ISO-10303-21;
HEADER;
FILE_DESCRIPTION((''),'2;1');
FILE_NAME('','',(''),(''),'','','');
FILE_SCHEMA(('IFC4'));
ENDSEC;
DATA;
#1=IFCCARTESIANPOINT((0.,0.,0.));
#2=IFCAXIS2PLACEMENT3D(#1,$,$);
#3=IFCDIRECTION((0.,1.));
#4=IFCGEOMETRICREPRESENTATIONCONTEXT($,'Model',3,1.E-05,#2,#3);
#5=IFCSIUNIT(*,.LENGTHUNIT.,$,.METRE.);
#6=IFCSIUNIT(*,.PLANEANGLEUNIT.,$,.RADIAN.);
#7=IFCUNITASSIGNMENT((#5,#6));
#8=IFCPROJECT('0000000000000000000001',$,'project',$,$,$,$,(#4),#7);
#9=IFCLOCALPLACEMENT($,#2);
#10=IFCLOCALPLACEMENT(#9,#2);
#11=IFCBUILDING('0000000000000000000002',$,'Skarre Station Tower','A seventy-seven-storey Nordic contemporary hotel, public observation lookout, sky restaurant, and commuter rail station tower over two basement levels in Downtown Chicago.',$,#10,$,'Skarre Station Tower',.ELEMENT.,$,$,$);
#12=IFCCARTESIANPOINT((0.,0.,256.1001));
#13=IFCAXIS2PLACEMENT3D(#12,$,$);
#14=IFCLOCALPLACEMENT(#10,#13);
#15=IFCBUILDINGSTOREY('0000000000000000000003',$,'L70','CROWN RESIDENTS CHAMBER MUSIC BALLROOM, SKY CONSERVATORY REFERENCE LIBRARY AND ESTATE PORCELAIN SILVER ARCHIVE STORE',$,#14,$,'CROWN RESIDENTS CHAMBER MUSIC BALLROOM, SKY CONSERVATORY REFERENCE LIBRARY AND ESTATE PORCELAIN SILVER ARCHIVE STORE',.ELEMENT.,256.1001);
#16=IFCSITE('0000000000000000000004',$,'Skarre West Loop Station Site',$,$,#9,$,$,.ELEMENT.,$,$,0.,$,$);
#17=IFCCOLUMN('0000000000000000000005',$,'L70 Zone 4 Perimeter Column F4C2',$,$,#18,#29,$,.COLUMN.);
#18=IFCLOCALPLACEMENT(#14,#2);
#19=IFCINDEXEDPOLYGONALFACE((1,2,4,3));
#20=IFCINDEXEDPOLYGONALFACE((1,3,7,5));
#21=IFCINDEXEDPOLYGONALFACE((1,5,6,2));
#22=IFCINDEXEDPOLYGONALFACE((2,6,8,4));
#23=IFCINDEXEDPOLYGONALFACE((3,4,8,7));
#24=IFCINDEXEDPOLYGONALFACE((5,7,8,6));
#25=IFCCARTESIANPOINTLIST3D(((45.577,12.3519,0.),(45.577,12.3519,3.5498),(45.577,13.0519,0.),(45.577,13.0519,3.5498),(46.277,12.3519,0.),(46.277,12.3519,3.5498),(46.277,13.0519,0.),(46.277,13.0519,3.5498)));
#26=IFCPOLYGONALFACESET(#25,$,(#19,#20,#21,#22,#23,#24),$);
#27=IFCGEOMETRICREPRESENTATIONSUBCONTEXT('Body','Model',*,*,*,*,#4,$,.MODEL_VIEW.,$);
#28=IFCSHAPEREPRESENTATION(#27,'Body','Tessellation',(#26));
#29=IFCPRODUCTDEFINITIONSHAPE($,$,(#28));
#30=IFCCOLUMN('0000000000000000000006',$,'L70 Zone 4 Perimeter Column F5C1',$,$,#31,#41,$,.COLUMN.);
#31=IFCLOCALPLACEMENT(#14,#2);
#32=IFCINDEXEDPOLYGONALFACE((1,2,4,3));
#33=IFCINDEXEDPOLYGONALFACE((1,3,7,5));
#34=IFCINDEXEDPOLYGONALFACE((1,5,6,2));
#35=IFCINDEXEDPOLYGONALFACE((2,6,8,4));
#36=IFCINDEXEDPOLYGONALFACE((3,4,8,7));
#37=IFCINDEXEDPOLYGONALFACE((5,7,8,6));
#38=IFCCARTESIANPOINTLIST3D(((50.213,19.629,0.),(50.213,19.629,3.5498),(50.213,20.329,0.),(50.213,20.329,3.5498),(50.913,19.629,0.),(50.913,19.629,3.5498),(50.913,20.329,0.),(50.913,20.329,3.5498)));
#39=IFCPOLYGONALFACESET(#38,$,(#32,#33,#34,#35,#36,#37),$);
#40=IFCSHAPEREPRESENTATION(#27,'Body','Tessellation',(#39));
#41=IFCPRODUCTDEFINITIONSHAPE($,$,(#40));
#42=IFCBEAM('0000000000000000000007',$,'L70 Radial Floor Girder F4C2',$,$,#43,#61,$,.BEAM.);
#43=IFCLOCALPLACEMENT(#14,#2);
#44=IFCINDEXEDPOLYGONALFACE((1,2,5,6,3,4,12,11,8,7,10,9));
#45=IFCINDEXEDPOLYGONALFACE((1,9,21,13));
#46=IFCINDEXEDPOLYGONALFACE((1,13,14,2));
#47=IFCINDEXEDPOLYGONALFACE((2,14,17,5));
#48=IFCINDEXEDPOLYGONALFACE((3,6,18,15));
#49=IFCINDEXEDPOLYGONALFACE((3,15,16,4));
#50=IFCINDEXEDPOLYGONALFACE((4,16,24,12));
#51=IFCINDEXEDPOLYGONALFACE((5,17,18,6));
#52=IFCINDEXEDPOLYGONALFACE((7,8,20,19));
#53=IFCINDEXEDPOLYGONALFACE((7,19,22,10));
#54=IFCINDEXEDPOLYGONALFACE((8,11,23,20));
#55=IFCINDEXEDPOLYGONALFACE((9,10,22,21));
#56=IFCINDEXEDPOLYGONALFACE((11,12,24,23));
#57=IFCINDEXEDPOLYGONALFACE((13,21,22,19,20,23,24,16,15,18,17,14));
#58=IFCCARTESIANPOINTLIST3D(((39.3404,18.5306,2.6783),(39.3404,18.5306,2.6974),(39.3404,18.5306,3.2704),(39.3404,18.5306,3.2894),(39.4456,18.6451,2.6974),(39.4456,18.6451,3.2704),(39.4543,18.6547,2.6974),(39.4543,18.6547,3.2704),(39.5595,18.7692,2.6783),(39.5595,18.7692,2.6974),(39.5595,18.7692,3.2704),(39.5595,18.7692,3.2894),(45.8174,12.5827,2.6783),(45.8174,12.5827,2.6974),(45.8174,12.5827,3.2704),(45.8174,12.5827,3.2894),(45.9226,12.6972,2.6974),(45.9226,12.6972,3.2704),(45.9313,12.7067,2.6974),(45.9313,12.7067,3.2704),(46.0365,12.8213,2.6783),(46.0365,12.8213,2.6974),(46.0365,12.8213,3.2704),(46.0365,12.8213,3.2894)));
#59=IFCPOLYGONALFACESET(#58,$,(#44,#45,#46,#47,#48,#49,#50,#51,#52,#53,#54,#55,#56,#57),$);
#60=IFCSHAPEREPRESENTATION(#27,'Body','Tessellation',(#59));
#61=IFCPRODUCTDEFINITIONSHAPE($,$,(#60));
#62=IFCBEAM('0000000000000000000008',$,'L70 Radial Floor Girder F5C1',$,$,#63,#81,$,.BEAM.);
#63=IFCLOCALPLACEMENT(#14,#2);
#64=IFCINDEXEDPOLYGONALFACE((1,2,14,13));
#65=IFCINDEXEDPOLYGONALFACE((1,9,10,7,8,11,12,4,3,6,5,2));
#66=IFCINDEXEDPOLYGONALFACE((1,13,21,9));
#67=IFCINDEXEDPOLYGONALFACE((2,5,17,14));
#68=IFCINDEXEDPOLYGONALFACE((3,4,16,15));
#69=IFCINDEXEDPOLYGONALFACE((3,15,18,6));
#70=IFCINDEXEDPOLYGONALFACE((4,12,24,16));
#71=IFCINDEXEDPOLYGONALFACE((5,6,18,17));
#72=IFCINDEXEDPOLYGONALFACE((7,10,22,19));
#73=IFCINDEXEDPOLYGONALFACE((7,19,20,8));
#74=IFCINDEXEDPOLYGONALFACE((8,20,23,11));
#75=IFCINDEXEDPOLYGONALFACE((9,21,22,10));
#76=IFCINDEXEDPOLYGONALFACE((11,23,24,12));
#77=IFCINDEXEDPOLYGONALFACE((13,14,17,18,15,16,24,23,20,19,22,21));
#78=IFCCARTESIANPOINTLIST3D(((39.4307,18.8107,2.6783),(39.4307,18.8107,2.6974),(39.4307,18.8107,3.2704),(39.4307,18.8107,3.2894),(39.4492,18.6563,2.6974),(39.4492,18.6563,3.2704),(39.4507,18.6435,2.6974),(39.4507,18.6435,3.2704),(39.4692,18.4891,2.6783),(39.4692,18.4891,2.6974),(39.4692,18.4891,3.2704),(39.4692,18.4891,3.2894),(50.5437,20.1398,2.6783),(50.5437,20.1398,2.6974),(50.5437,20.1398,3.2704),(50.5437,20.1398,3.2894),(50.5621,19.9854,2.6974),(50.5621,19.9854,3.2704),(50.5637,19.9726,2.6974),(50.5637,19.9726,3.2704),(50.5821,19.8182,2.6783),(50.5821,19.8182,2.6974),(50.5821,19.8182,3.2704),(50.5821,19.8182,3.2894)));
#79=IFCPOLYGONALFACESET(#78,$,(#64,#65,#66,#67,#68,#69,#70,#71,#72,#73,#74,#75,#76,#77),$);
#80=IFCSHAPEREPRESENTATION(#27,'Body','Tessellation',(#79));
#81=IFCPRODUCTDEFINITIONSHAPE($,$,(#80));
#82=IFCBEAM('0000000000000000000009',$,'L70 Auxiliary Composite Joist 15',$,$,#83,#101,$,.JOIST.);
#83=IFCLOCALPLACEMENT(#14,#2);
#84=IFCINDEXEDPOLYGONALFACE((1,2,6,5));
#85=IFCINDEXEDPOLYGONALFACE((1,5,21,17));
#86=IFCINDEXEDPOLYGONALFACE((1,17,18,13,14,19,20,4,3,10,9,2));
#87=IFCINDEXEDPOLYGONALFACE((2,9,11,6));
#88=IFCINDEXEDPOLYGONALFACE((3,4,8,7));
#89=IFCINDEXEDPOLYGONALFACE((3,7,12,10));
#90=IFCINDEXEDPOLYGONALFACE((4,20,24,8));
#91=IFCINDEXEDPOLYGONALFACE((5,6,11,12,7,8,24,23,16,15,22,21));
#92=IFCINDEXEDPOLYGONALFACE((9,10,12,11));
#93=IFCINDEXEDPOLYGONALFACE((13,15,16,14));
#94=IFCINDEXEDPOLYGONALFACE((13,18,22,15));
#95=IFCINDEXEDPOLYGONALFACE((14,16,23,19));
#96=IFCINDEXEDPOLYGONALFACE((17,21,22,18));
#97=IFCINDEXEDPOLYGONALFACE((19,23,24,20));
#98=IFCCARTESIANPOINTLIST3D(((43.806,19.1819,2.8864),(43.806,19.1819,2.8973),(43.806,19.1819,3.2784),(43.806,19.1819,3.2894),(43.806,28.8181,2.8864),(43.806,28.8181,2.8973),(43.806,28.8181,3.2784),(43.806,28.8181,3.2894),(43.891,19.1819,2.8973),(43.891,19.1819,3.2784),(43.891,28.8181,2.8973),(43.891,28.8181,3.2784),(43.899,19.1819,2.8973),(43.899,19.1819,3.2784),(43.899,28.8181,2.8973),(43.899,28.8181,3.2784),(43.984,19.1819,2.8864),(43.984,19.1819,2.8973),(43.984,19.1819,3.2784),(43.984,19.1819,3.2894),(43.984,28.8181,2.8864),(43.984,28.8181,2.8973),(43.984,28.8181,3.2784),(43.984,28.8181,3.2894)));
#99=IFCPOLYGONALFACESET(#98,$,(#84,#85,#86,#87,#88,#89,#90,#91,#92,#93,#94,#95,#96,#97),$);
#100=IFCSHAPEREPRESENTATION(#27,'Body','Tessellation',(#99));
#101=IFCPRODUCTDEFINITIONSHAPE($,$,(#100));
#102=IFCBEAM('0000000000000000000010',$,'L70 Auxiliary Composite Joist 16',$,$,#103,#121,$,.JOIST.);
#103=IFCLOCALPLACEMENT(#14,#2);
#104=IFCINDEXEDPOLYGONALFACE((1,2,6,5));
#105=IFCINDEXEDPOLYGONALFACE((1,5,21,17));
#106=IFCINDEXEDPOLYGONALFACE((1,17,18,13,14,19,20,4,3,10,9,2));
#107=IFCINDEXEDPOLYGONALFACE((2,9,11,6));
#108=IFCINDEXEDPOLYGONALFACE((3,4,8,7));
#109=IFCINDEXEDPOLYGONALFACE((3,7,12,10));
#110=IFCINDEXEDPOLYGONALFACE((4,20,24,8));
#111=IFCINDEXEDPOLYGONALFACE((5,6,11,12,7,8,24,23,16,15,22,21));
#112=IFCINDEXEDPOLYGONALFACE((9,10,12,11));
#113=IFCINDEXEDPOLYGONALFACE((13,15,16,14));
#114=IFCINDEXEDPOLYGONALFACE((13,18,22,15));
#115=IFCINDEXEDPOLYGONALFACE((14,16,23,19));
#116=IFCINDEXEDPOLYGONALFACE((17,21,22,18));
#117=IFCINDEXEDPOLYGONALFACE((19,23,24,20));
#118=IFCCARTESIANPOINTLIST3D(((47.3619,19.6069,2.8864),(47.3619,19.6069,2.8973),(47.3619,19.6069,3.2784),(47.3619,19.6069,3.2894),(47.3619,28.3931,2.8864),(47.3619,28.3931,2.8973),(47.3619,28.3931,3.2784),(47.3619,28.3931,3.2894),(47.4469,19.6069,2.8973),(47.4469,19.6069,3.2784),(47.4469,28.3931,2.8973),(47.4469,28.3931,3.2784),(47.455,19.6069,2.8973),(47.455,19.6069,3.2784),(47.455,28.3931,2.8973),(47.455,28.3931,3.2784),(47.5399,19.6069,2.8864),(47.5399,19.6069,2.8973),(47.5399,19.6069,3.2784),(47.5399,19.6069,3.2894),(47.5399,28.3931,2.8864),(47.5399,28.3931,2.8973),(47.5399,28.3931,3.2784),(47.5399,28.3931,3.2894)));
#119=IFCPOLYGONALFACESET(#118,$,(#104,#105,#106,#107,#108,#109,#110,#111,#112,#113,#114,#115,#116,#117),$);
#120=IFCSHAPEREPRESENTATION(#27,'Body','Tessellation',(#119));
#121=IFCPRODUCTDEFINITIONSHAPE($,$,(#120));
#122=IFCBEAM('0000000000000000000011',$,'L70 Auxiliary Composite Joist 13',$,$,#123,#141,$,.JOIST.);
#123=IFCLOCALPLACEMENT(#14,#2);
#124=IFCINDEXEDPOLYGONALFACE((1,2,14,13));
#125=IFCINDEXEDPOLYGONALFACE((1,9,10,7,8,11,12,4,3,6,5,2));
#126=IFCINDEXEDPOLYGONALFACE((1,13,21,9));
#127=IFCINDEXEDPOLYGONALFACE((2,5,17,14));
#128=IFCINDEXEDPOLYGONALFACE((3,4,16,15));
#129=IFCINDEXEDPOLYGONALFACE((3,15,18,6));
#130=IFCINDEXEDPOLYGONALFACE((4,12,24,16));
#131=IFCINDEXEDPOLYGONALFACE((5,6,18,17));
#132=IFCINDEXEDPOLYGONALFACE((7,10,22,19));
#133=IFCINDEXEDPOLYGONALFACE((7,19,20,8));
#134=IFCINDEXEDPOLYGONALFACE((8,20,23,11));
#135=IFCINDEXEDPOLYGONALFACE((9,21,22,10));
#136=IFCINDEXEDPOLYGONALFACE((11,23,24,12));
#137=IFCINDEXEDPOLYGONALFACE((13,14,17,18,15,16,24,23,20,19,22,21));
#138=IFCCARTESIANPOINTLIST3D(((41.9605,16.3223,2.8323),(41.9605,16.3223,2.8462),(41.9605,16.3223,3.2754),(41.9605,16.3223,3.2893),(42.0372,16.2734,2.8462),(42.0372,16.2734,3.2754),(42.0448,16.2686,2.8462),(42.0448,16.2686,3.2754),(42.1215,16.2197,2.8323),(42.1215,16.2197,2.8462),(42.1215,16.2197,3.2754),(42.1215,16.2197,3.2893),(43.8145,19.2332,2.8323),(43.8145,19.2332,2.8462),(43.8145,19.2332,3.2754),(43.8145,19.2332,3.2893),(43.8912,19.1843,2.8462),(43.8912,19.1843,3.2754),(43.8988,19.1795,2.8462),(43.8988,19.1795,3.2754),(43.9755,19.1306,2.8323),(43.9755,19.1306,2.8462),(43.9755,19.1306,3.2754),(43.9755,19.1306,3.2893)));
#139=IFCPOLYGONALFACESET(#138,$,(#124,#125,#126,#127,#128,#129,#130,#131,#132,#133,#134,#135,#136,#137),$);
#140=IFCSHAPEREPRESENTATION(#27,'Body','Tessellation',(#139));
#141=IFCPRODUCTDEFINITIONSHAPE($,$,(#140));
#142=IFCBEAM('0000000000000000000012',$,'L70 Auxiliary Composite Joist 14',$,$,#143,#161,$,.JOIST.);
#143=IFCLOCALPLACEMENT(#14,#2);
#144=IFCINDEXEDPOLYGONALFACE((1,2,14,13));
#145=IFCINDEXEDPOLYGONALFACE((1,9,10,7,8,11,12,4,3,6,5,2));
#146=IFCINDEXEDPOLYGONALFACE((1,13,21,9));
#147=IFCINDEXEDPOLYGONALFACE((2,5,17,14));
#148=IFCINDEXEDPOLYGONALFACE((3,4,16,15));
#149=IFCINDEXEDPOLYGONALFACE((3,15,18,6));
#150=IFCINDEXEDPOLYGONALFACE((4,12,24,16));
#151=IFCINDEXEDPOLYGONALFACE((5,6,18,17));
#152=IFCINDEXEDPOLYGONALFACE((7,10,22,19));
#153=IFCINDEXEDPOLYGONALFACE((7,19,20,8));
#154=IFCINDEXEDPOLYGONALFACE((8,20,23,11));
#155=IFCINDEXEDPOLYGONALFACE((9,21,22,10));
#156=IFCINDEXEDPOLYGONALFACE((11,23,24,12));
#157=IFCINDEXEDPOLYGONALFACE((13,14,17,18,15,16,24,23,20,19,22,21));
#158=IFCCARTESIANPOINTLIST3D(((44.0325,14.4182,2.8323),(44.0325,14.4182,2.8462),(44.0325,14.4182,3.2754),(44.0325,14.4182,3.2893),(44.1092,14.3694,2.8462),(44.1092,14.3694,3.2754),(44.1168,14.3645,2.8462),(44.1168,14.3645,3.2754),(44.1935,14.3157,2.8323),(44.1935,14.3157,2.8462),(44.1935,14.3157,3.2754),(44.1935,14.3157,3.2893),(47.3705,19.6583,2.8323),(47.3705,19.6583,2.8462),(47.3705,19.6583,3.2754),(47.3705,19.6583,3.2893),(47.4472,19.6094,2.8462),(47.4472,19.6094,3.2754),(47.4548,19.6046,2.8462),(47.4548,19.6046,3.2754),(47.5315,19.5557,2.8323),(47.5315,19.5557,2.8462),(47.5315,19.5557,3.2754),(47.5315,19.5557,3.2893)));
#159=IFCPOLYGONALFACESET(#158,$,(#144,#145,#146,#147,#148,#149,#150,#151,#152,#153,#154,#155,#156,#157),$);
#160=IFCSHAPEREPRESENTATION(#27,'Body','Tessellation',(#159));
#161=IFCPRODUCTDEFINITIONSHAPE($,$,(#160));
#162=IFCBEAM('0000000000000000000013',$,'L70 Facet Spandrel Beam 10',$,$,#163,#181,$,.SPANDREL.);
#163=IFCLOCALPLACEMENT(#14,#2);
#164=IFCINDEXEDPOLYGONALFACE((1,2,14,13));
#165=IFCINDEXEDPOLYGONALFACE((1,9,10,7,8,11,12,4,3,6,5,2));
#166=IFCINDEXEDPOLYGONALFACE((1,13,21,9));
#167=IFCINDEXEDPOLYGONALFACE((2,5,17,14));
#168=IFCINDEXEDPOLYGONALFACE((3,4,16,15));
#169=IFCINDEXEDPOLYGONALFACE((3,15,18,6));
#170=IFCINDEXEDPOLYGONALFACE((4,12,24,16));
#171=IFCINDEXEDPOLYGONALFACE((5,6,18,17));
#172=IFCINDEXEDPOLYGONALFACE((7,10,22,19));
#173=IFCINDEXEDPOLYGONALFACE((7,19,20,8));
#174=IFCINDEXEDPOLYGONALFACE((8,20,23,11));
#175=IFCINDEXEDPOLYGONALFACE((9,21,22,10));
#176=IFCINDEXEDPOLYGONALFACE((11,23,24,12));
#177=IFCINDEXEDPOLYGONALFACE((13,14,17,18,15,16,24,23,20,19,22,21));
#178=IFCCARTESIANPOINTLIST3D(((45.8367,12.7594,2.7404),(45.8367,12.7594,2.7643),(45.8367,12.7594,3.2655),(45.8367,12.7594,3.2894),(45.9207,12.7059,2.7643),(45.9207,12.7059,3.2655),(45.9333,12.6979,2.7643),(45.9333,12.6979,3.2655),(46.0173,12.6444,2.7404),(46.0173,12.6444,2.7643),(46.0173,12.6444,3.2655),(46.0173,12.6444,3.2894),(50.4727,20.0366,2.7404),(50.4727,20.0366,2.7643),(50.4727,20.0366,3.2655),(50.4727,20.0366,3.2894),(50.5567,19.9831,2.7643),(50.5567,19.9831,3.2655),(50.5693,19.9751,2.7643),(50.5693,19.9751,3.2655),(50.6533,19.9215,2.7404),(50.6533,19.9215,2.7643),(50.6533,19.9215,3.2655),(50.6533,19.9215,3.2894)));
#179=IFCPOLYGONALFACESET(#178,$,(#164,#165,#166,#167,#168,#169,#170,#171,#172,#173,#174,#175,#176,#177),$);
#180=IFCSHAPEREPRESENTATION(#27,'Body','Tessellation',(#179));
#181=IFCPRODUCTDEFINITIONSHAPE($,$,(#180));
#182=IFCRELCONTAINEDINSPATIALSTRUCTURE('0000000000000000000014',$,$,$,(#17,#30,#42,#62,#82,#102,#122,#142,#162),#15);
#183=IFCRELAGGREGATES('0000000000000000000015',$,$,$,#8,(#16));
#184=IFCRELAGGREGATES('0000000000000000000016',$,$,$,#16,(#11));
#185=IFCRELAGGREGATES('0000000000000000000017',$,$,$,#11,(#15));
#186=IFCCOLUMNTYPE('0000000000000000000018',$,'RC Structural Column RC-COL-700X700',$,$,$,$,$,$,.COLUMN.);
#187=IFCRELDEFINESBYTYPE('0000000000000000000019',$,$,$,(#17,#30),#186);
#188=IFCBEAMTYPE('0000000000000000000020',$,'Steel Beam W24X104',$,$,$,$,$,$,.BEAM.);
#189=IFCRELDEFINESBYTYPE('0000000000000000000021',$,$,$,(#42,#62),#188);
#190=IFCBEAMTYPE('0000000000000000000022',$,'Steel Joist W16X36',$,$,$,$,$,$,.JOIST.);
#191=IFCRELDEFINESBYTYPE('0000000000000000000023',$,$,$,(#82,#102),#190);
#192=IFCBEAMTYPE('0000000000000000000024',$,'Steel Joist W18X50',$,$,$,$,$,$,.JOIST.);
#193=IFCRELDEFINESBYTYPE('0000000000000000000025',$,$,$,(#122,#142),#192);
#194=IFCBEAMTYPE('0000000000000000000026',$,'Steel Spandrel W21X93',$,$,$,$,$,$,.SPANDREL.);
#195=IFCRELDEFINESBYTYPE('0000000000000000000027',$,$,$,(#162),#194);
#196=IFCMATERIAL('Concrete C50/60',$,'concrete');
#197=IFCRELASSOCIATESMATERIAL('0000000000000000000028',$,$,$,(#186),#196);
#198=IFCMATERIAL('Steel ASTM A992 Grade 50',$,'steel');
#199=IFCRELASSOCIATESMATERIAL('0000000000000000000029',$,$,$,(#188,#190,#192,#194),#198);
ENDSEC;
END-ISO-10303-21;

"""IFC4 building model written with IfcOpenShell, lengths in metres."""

from ifc_helpers import new_model, si_unit, direction, frame, origin, origin_2d, place, context, subcontext, project, spatial, rectangle, i_section, extrude, material, material_profile, profile_set, type_object, element, save


model = new_model("IFC4")

# Units and contexts
model_context = context("Model", 3, precision=1e-05, world=origin(), true_north=direction((0.0, 1.0)))
body_context = subcontext(model_context, "Body", "Model", "MODEL_VIEW")
ifc_project = project(units=[si_unit("LENGTHUNIT", "METRE"), si_unit("PLANEANGLEUNIT", "RADIAN")], contexts=[model_context])

# Site, building, storey
site_placement = place(None, origin())
site = spatial("IfcSite", under=ifc_project, at=site_placement, Name="Skarre West Loop Station Site", CompositionType="ELEMENT", RefElevation=0.0)
building_placement = place(site_placement, origin())
building = spatial("IfcBuilding", under=site, at=building_placement, Name="Skarre Station Tower", Description="A seventy-seven-storey Nordic contemporary hotel, public observation lookout, sky restaurant, and commuter rail station tower over two basement levels in Downtown Chicago.", LongName="Skarre Station Tower", CompositionType="ELEMENT")
storey_placement = place(building_placement, frame((0.0, 0.0, 256.1001)))
storey = spatial("IfcBuildingStorey", under=building, at=storey_placement, Name="L70", Description="CROWN RESIDENTS CHAMBER MUSIC BALLROOM, SKY CONSERVATORY REFERENCE LIBRARY AND ESTATE PORCELAIN SILVER ARCHIVE STORE", LongName="CROWN RESIDENTS CHAMBER MUSIC BALLROOM, SKY CONSERVATORY REFERENCE LIBRARY AND ESTATE PORCELAIN SILVER ARCHIVE STORE", CompositionType="ELEMENT", Elevation=256.1001)

# Columns
ifc_material_1 = material(Name="Concrete C50/60", Category="concrete")
ifc_material_profile_1 = material_profile(ifc_material_1, rectangle(XDim=0.7, YDim=0.7, at=origin_2d()), Name="Concrete C50/60")
ifc_profile_set_1 = profile_set([ifc_material_profile_1], Name="Concrete C50/60")
column_type = type_object("IfcColumnType", Name="RC Structural Column RC-COL-700X700", PredefinedType="COLUMN", material=ifc_profile_set_1)
for number, where, z_axis, x_axis, name in (
    (1, (45.927, 12.7019, 0.0), (0.0, 0.0, 1.0), (1.0, 0.0, 0.0), "L70 Zone 4 Perimeter Column F4C2"),
    (2, (50.563, 19.979, 0.0), (0.0, 0.0, 1.0), (1.0, 0.0, 0.0), "L70 Zone 4 Perimeter Column F5C1"),
):
    element("IfcColumn", number, at=place(storey_placement, frame(where, z_axis=z_axis, x_axis=x_axis)), inside=storey, type_object=column_type, Name=name, PredefinedType="COLUMN", context=body_context, shape_type="SweptSolid", body=[
        extrude(rectangle(XDim=0.7, YDim=0.7, at=origin_2d()), origin(), (0.0, 0.0, 1.0), 3.5498),
    ])

# Beams
ifc_material_2 = material(Name="Steel ASTM A992 Grade 50", Category="steel")
ifc_material_profile_2 = material_profile(ifc_material_2, i_section(OverallWidth=0.324, OverallDepth=0.6111, WebThickness=0.0129, FlangeThickness=0.019, at=origin_2d()), Name="Steel ASTM A992 Grade 50")
ifc_profile_set_2 = profile_set([ifc_material_profile_2], Name="Steel ASTM A992 Grade 50")
beam_type_1 = type_object("IfcBeamType", Name="Steel Beam W24X104", PredefinedType="BEAM", material=ifc_profile_set_2)
beam_1_placement = place(storey_placement, frame((39.45, 18.6499, 2.9839), z_axis=(0.736548, -0.676386, 0.0), x_axis=(0.676386, 0.736548, 0.0)))
element("IfcBeam", 3, at=beam_1_placement, inside=storey, type_object=beam_type_1, Name="L70 Radial Floor Girder F4C2", PredefinedType="BEAM", context=body_context, shape_type="SweptSolid", body=[
    extrude(i_section(OverallWidth=0.324, OverallDepth=0.6111, WebThickness=0.0129, FlangeThickness=0.019, at=origin_2d()), origin(), (0.0, 0.0, 1.0), 8.7937),
])
beam_2_placement = place(storey_placement, frame((39.45, 18.6499, 2.9839), z_axis=(0.992924, 0.118752, 0.0), x_axis=(-0.118752, 0.992924, 0.0)))
element("IfcBeam", 4, at=beam_2_placement, inside=storey, type_object=beam_type_1, Name="L70 Radial Floor Girder F5C1", PredefinedType="BEAM", context=body_context, shape_type="SweptSolid", body=[
    extrude(i_section(OverallWidth=0.324, OverallDepth=0.6111, WebThickness=0.0129, FlangeThickness=0.019, at=origin_2d()), origin(), (0.0, 0.0, 1.0), 11.1921),
])
ifc_material_profile_3 = material_profile(ifc_material_2, i_section(OverallWidth=0.178, OverallDepth=0.4031, WebThickness=0.0081, FlangeThickness=0.011, at=origin_2d()), Name="Steel ASTM A992 Grade 50")
ifc_profile_set_3 = profile_set([ifc_material_profile_3], Name="Steel ASTM A992 Grade 50")
beam_type_2 = type_object("IfcBeamType", Name="Steel Joist W16X36", PredefinedType="JOIST", material=ifc_profile_set_3)
beam_3_placement = place(storey_placement, frame((43.895, 19.1819, 3.0879), z_axis=(0.0, 1.0, 0.0), x_axis=(-1.0, 0.0, 0.0)))
element("IfcBeam", 5, at=beam_3_placement, inside=storey, type_object=beam_type_2, Name="L70 Auxiliary Composite Joist 15", PredefinedType="JOIST", context=body_context, shape_type="SweptSolid", body=[
    extrude(i_section(OverallWidth=0.178, OverallDepth=0.4031, WebThickness=0.0081, FlangeThickness=0.011, at=origin_2d()), origin(), (0.0, 0.0, 1.0), 9.6362),
])
beam_4_placement = place(storey_placement, frame((47.4509, 19.6069, 3.0879), z_axis=(0.0, 1.0, 0.0), x_axis=(-1.0, 0.0, 0.0)))
element("IfcBeam", 6, at=beam_4_placement, inside=storey, type_object=beam_type_2, Name="L70 Auxiliary Composite Joist 16", PredefinedType="JOIST", context=body_context, shape_type="SweptSolid", body=[
    extrude(i_section(OverallWidth=0.178, OverallDepth=0.4031, WebThickness=0.0081, FlangeThickness=0.011, at=origin_2d()), origin(), (0.0, 0.0, 1.0), 8.7861),
])
ifc_material_profile_4 = material_profile(ifc_material_2, i_section(OverallWidth=0.1909, OverallDepth=0.457, WebThickness=0.009, FlangeThickness=0.0139, at=origin_2d()), Name="Steel ASTM A992 Grade 50")
ifc_profile_set_4 = profile_set([ifc_material_profile_4], Name="Steel ASTM A992 Grade 50")
beam_type_3 = type_object("IfcBeamType", Name="Steel Joist W18X50", PredefinedType="JOIST", material=ifc_profile_set_4)
beam_5_placement = place(storey_placement, frame((42.041, 16.271, 3.0608), z_axis=(0.53721, 0.843449, 0.0), x_axis=(-0.843449, 0.53721, 0.0)))
element("IfcBeam", 7, at=beam_5_placement, inside=storey, type_object=beam_type_3, Name="L70 Auxiliary Composite Joist 13", PredefinedType="JOIST", context=body_context, shape_type="SweptSolid", body=[
    extrude(i_section(OverallWidth=0.1909, OverallDepth=0.457, WebThickness=0.009, FlangeThickness=0.0139, at=origin_2d()), origin(), (0.0, 0.0, 1.0), 3.4512),
])
beam_6_placement = place(storey_placement, frame((44.113, 14.3669, 3.0608), z_axis=(0.537259, 0.843417, 0.0), x_axis=(-0.843417, 0.537259, 0.0)))
element("IfcBeam", 8, at=beam_6_placement, inside=storey, type_object=beam_type_3, Name="L70 Auxiliary Composite Joist 14", PredefinedType="JOIST", context=body_context, shape_type="SweptSolid", body=[
    extrude(i_section(OverallWidth=0.1909, OverallDepth=0.457, WebThickness=0.009, FlangeThickness=0.0139, at=origin_2d()), origin(), (0.0, 0.0, 1.0), 6.2129),
])
ifc_material_profile_5 = material_profile(ifc_material_2, i_section(OverallWidth=0.2141, OverallDepth=0.5491, WebThickness=0.0149, FlangeThickness=0.0239, at=origin_2d()), Name="Steel ASTM A992 Grade 50")
ifc_profile_set_5 = profile_set([ifc_material_profile_5], Name="Steel ASTM A992 Grade 50")
beam_type_4 = type_object("IfcBeamType", Name="Steel Spandrel W21X93", PredefinedType="SPANDREL", material=ifc_profile_set_5)
beam_7_placement = place(storey_placement, frame((45.927, 12.7019, 3.0149), z_axis=(0.537297, 0.843393, 0.0), x_axis=(-0.843393, 0.537297, 0.0)))
element("IfcBeam", 9, at=beam_7_placement, inside=storey, type_object=beam_type_4, Name="L70 Facet Spandrel Beam 10", PredefinedType="SPANDREL", context=body_context, shape_type="SweptSolid", body=[
    extrude(i_section(OverallWidth=0.2141, OverallDepth=0.5491, WebThickness=0.0149, FlangeThickness=0.0239, at=origin_2d()), origin(), (0.0, 0.0, 1.0), 8.6284),
])

save(model, "model.ifc")
